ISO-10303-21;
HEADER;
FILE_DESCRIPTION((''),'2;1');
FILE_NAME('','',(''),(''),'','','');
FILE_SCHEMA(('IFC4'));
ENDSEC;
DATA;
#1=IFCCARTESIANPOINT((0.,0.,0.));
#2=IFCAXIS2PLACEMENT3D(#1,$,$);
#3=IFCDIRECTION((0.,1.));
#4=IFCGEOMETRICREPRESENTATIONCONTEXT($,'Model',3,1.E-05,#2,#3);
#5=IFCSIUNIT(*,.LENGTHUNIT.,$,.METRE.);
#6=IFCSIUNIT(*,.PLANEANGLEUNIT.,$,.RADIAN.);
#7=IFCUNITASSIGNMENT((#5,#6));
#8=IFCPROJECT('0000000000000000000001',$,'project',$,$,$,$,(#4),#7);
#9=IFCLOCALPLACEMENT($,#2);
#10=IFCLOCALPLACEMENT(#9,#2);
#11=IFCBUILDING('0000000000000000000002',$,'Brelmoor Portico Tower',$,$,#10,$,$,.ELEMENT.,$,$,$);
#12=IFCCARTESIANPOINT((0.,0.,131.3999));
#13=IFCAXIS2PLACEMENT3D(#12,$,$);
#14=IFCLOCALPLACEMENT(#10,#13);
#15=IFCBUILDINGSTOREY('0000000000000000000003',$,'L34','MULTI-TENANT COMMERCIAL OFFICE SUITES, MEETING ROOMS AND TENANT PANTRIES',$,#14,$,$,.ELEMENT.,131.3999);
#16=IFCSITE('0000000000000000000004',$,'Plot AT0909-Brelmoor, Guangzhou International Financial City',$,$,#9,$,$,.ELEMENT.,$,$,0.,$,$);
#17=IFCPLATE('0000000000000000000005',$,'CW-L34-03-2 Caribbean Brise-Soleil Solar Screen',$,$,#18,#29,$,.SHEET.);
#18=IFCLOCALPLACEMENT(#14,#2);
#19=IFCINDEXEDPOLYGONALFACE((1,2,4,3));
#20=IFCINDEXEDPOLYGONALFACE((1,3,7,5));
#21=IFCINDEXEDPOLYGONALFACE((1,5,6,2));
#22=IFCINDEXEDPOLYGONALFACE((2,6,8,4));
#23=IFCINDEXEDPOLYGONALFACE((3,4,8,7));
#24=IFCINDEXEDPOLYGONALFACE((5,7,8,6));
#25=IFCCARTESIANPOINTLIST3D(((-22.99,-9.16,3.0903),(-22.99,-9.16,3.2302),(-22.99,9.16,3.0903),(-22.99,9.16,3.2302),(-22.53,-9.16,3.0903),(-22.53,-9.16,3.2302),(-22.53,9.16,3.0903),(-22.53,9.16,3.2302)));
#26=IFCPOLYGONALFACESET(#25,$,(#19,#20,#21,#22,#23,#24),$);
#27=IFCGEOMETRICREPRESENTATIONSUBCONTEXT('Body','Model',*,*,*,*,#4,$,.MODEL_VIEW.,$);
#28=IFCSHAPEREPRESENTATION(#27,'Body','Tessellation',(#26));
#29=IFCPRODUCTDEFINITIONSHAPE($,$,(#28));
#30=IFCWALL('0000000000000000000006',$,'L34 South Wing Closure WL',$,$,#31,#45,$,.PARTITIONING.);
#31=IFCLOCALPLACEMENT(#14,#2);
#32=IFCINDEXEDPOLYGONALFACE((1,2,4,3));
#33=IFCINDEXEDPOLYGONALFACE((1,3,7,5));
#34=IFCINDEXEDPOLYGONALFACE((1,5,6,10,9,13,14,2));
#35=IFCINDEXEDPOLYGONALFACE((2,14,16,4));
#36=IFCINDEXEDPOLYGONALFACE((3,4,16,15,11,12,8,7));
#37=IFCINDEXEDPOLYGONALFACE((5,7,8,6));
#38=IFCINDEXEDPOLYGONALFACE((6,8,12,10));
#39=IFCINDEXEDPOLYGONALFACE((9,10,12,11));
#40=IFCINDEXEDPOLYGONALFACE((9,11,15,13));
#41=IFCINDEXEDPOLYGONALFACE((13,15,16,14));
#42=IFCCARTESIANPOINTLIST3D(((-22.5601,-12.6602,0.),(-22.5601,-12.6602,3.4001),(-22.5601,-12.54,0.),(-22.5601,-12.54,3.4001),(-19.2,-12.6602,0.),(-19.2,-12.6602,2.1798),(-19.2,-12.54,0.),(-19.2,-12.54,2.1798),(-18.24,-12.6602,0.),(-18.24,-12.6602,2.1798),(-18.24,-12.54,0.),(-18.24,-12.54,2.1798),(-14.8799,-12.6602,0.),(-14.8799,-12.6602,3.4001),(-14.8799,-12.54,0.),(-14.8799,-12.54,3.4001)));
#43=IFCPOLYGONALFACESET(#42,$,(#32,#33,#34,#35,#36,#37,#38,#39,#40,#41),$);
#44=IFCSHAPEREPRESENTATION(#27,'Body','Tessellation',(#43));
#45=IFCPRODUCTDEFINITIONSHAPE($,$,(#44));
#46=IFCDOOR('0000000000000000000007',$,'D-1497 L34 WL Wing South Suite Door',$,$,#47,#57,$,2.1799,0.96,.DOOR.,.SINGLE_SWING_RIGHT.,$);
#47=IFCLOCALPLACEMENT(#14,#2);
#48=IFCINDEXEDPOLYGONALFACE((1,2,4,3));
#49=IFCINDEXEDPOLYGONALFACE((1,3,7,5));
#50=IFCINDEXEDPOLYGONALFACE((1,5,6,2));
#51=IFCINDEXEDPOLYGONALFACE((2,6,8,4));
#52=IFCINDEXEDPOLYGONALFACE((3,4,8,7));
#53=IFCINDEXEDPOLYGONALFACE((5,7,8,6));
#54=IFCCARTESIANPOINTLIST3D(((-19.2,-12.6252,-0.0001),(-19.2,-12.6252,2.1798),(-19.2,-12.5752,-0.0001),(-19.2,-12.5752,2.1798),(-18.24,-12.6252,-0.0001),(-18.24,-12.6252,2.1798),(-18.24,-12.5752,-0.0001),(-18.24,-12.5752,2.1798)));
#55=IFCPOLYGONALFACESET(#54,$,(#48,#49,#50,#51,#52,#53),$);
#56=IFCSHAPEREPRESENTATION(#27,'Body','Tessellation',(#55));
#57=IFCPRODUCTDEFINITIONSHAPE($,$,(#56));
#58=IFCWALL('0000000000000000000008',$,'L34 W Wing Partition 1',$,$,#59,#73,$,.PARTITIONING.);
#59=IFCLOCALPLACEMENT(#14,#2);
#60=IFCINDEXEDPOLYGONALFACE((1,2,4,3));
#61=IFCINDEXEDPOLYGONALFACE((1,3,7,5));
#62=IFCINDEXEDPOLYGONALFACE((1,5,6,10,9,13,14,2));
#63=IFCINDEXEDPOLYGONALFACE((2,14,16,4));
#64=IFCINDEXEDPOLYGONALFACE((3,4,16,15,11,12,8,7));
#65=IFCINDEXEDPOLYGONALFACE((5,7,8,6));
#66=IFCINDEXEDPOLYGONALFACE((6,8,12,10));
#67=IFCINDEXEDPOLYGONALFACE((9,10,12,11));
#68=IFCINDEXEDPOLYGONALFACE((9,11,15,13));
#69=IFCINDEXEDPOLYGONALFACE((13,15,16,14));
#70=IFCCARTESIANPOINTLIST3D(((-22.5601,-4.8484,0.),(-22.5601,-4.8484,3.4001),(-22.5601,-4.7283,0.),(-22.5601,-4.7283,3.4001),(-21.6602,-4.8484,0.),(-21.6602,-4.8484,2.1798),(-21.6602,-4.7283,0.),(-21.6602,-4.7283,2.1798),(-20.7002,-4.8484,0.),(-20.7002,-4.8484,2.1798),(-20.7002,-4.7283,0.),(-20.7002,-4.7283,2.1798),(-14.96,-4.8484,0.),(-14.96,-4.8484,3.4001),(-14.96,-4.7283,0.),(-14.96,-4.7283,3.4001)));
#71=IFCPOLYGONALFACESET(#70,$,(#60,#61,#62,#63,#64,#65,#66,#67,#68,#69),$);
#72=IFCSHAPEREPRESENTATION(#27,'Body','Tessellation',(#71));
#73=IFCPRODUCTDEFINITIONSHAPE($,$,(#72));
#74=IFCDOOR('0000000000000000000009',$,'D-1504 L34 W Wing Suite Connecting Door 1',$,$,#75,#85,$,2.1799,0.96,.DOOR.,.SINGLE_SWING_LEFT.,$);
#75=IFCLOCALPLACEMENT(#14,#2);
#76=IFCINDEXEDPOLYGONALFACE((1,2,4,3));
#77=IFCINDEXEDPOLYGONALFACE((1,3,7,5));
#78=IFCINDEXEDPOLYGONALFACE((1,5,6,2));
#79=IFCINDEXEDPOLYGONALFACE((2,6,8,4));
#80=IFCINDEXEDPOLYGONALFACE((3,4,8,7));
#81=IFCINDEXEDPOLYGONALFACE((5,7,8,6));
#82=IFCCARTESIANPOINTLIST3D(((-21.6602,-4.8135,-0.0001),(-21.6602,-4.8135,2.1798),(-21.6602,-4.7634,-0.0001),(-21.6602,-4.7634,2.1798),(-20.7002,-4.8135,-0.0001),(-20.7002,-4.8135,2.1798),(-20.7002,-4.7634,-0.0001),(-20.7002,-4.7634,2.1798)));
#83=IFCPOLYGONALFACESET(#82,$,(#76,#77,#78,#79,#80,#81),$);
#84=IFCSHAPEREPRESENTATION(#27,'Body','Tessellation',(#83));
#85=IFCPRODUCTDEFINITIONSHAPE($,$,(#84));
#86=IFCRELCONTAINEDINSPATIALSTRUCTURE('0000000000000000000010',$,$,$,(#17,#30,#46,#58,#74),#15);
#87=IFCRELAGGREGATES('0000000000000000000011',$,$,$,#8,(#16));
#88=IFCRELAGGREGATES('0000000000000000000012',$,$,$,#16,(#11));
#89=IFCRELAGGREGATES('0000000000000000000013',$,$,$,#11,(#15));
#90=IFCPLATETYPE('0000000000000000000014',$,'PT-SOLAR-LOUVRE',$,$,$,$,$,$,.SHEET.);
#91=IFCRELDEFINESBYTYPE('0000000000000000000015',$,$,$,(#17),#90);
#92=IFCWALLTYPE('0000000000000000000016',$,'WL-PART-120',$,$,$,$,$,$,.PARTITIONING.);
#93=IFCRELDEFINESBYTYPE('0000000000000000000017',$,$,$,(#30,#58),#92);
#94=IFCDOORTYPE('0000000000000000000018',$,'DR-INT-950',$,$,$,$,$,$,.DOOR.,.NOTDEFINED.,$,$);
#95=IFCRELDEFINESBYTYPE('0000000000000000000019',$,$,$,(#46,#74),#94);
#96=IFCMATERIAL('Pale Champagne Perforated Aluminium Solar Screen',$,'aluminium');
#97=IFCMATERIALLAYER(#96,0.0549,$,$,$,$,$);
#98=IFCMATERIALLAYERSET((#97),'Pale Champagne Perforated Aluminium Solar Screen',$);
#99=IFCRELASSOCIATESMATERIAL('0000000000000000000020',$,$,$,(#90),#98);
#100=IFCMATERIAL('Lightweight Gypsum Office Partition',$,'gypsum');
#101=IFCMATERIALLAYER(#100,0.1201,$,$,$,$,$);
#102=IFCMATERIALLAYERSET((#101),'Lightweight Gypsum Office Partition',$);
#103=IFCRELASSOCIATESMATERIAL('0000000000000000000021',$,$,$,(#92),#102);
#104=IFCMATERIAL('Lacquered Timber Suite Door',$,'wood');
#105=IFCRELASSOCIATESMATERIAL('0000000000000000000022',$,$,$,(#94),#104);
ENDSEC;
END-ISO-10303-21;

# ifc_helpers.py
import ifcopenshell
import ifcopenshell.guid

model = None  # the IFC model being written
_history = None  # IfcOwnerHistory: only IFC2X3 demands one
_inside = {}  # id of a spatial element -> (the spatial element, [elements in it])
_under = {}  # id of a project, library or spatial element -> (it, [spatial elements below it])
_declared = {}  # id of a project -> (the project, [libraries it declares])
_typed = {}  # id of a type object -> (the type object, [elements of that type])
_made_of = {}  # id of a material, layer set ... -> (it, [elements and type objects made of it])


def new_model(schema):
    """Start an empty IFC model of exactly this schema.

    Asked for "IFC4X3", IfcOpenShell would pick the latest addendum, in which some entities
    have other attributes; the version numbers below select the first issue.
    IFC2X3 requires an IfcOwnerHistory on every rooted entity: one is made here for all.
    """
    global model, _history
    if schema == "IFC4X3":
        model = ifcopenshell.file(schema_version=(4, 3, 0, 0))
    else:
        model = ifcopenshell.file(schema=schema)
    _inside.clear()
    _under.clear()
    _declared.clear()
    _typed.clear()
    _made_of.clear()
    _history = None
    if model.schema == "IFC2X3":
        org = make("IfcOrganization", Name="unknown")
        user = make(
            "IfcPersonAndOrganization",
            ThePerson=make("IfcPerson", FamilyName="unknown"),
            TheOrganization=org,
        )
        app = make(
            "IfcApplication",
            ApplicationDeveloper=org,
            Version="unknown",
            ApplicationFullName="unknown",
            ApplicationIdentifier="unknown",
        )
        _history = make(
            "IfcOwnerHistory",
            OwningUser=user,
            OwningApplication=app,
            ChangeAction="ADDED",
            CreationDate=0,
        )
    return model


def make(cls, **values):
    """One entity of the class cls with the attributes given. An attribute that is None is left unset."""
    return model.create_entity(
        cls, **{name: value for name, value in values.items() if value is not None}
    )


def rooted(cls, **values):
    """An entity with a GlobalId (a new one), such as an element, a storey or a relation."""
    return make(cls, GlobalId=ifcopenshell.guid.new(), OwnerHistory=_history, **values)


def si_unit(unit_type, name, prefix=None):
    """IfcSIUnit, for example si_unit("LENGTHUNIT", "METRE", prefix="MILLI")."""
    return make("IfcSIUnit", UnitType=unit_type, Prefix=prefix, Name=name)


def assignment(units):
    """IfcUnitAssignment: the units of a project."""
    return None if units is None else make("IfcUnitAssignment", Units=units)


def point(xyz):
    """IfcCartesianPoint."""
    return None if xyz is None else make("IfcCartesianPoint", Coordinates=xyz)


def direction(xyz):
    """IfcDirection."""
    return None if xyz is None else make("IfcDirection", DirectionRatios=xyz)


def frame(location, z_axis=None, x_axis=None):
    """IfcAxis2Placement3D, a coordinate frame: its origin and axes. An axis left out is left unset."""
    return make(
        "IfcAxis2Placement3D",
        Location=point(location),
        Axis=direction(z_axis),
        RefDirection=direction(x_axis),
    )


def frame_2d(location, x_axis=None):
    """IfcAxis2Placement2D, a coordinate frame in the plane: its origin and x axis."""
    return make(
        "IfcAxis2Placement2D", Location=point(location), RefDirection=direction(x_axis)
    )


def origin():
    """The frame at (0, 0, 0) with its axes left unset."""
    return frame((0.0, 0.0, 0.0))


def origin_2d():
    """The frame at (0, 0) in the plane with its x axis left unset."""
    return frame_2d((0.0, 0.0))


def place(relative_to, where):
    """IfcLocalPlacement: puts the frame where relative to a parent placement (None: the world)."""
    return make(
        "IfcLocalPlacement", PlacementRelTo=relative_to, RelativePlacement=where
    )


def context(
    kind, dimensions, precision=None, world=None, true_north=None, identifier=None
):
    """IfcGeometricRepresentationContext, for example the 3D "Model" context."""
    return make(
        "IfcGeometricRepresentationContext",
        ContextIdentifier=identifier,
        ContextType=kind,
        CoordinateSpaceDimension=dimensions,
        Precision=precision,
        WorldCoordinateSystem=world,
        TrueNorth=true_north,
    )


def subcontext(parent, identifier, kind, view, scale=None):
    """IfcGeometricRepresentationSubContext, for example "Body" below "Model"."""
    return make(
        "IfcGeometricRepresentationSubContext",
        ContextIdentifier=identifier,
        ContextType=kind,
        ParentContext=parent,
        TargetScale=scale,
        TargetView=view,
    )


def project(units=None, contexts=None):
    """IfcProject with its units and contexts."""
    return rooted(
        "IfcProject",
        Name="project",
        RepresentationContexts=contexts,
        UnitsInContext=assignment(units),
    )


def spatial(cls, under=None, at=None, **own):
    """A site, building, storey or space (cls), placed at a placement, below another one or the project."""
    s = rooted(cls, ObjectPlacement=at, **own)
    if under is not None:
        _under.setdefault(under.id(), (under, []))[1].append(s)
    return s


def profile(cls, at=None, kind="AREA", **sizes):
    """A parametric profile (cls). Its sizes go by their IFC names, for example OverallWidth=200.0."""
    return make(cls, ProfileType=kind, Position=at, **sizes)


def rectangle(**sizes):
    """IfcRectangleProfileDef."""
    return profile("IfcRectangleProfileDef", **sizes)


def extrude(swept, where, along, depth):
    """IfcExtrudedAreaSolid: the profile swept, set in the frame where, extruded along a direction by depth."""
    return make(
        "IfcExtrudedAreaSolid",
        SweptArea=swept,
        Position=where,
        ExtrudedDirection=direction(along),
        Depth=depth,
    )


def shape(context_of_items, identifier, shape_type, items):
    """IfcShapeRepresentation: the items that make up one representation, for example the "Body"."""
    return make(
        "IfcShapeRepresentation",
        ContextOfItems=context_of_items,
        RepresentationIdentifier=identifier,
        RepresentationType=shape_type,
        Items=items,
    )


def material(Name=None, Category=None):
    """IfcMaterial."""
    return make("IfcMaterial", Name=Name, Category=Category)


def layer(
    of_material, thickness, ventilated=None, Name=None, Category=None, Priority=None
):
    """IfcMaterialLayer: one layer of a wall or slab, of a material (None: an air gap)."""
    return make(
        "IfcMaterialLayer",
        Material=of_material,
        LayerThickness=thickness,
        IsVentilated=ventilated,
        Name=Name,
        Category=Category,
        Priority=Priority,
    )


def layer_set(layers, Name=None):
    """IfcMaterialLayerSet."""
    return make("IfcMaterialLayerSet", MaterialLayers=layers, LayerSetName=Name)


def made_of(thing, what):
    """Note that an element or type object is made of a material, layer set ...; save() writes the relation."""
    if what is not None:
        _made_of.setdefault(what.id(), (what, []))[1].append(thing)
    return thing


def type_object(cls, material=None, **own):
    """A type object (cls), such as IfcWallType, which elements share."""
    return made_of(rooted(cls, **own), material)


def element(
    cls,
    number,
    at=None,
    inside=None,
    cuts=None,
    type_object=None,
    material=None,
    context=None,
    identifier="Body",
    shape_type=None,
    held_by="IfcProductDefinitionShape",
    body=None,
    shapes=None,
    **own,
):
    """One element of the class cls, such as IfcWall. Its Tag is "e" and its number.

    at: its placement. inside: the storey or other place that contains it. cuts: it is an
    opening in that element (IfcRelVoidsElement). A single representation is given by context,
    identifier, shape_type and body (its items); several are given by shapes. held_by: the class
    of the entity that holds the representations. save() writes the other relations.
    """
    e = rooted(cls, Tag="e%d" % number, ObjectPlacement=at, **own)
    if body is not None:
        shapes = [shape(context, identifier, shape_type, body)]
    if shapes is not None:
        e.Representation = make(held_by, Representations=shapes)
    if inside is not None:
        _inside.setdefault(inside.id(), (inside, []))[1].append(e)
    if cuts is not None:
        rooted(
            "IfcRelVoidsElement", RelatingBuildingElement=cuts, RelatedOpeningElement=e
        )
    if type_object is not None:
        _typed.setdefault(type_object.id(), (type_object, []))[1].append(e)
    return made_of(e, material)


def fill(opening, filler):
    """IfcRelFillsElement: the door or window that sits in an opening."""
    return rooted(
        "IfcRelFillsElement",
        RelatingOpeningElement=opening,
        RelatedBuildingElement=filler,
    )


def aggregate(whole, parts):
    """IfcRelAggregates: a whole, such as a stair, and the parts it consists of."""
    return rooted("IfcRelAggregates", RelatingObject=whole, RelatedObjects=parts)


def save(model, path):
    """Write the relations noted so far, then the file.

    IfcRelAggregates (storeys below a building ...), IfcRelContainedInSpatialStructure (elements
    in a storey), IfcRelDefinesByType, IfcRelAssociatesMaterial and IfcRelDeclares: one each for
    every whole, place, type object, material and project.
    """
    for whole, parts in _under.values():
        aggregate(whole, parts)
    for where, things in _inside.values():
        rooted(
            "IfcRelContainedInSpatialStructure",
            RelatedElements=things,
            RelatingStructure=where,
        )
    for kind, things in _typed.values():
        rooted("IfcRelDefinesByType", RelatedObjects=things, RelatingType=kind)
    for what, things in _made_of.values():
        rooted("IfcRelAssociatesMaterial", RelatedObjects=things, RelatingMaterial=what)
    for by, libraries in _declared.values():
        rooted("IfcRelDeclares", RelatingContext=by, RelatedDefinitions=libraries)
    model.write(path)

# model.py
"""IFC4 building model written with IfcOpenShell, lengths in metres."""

from ifc_helpers import new_model, si_unit, direction, frame, frame_2d, origin, origin_2d, place, context, subcontext, project, spatial, rectangle, extrude, material, layer, layer_set, type_object, element, fill, save


model = new_model("IFC4")

# Units and contexts
model_context = context("Model", 3, precision=1e-05, world=origin(), true_north=direction((0.0, 1.0)))
body_context = subcontext(model_context, "Body", "Model", "MODEL_VIEW")
ifc_project = project(units=[si_unit("LENGTHUNIT", "METRE"), si_unit("PLANEANGLEUNIT", "RADIAN")], contexts=[model_context])

# Site, building, storey
site_placement = place(None, origin())
site = spatial("IfcSite", under=ifc_project, at=site_placement, Name="Plot AT0909-Brelmoor, Guangzhou International Financial City", CompositionType="ELEMENT", RefElevation=0.0)
building_placement = place(site_placement, origin())
building = spatial("IfcBuilding", under=site, at=building_placement, Name="Brelmoor Portico Tower", CompositionType="ELEMENT")
storey_placement = place(building_placement, frame((0.0, 0.0, 131.3999)))
storey = spatial("IfcBuildingStorey", under=building, at=storey_placement, Name="L34", Description="MULTI-TENANT COMMERCIAL OFFICE SUITES, MEETING ROOMS AND TENANT PANTRIES", CompositionType="ELEMENT", Elevation=131.3999)

# Plate
ifc_material_1 = material(Name="Pale Champagne Perforated Aluminium Solar Screen", Category="aluminium")
ifc_layer_1 = layer(ifc_material_1, 0.0549)
ifc_layer_set_1 = layer_set([ifc_layer_1], Name="Pale Champagne Perforated Aluminium Solar Screen")
plate_type_1 = type_object("IfcPlateType", Name="PT-SOLAR-LOUVRE", PredefinedType="SHEET", material=ifc_layer_set_1)
plate_1_placement = place(storey_placement, frame((-22.76, 0.0, 3.0903), z_axis=(0.0, 0.0, 1.0), x_axis=(0.0, 1.0, 0.0)))
element("IfcPlate", 1, at=plate_1_placement, inside=storey, type_object=plate_type_1, Name="CW-L34-03-2 Caribbean Brise-Soleil Solar Screen", PredefinedType="SHEET", context=body_context, shape_type="SweptSolid", body=[
    extrude(rectangle(XDim=18.3201, YDim=0.46, at=origin_2d()), origin(), (0.0, 0.0, 1.0), 0.1399),
])

# Walls, openings, doors
ifc_material_2 = material(Name="Lightweight Gypsum Office Partition", Category="gypsum")
ifc_layer_2 = layer(ifc_material_2, 0.1201)
ifc_layer_set_2 = layer_set([ifc_layer_2], Name="Lightweight Gypsum Office Partition")
wall_type = type_object("IfcWallType", Name="WL-PART-120", PredefinedType="PARTITIONING", material=ifc_layer_set_2)
wall_1_placement = place(storey_placement, frame((-22.5601, -12.6001, 0.0), z_axis=(0.0, 0.0, 1.0), x_axis=(1.0, 0.0, 0.0)))
wall_1 = element("IfcWall", 2, at=wall_1_placement, inside=storey, type_object=wall_type, Name="L34 South Wing Closure WL", PredefinedType="PARTITIONING", context=body_context, shape_type="SweptSolid", body=[
    extrude(rectangle(XDim=7.6802, YDim=0.1201, at=frame_2d((3.8401, 0.0))), origin(), (0.0, 0.0, 1.0), 3.4001),
])
opening_1_placement = place(wall_1_placement, frame((3.3601, 0.0, 0.0)))
opening_1 = element("IfcOpeningElement", 3, at=opening_1_placement, cuts=wall_1, PredefinedType="OPENING", context=body_context, shape_type="SweptSolid", body=[
    extrude(rectangle(XDim=0.96, YDim=2.1799, at=frame_2d((0.48, 1.0898))), frame((0.0, 0.0701, 0.0), z_axis=(0.0, -1.0, 0.0), x_axis=(1.0, 0.0, 0.0)), (0.0, 0.0, 1.0), 0.1401),
])
ifc_material_3 = material(Name="Lacquered Timber Suite Door", Category="wood")
door_type = type_object("IfcDoorType", Name="DR-INT-950", OperationType="NOTDEFINED", PredefinedType="DOOR", material=ifc_material_3)
door_1_placement = place(opening_1_placement, origin())
door_1 = element("IfcDoor", 4, at=door_1_placement, inside=storey, type_object=door_type, Name="D-1497 L34 WL Wing South Suite Door", OperationType="SINGLE_SWING_RIGHT", OverallHeight=2.1799, OverallWidth=0.96, PredefinedType="DOOR", context=body_context, shape_type="SweptSolid", body=[
    extrude(rectangle(XDim=0.96, YDim=2.1799, at=frame_2d((0.48, 1.0898))), frame((0.0, 0.0249, 0.0), z_axis=(0.0, -1.0, 0.0), x_axis=(1.0, 0.0, 0.0)), (0.0, 0.0, 1.0), 0.05),
])
fill(opening_1, door_1)
wall_2_placement = place(storey_placement, frame((-22.5601, -4.7883, 0.0), z_axis=(0.0, 0.0, 1.0), x_axis=(1.0, 0.0, 0.0)))
wall_2 = element("IfcWall", 5, at=wall_2_placement, inside=storey, type_object=wall_type, Name="L34 W Wing Partition 1", PredefinedType="PARTITIONING", context=body_context, shape_type="SweptSolid", body=[
    extrude(rectangle(XDim=7.6001, YDim=0.1201, at=frame_2d((3.8, 0.0))), origin(), (0.0, 0.0, 1.0), 3.4001),
])
opening_2_placement = place(wall_2_placement, frame((0.8999, 0.0, 0.0)))
opening_2 = element("IfcOpeningElement", 6, at=opening_2_placement, cuts=wall_2, PredefinedType="OPENING", context=body_context, shape_type="SweptSolid", body=[
    extrude(rectangle(XDim=0.96, YDim=2.1799, at=frame_2d((0.48, 1.0898))), frame((0.0, 0.0701, 0.0), z_axis=(0.0, -1.0, 0.0), x_axis=(1.0, 0.0, 0.0)), (0.0, 0.0, 1.0), 0.1401),
])
door_2_placement = place(opening_2_placement, origin())
door_2 = element("IfcDoor", 7, at=door_2_placement, inside=storey, type_object=door_type, Name="D-1504 L34 W Wing Suite Connecting Door 1", OperationType="SINGLE_SWING_LEFT", OverallHeight=2.1799, OverallWidth=0.96, PredefinedType="DOOR", context=body_context, shape_type="SweptSolid", body=[
    extrude(rectangle(XDim=0.96, YDim=2.1799, at=frame_2d((0.48, 1.0898))), frame((0.0, 0.0249, 0.0), z_axis=(0.0, -1.0, 0.0), x_axis=(1.0, 0.0, 0.0)), (0.0, 0.0, 1.0), 0.05),
])
fill(opening_2, door_2)

save(model, "model.ifc")
